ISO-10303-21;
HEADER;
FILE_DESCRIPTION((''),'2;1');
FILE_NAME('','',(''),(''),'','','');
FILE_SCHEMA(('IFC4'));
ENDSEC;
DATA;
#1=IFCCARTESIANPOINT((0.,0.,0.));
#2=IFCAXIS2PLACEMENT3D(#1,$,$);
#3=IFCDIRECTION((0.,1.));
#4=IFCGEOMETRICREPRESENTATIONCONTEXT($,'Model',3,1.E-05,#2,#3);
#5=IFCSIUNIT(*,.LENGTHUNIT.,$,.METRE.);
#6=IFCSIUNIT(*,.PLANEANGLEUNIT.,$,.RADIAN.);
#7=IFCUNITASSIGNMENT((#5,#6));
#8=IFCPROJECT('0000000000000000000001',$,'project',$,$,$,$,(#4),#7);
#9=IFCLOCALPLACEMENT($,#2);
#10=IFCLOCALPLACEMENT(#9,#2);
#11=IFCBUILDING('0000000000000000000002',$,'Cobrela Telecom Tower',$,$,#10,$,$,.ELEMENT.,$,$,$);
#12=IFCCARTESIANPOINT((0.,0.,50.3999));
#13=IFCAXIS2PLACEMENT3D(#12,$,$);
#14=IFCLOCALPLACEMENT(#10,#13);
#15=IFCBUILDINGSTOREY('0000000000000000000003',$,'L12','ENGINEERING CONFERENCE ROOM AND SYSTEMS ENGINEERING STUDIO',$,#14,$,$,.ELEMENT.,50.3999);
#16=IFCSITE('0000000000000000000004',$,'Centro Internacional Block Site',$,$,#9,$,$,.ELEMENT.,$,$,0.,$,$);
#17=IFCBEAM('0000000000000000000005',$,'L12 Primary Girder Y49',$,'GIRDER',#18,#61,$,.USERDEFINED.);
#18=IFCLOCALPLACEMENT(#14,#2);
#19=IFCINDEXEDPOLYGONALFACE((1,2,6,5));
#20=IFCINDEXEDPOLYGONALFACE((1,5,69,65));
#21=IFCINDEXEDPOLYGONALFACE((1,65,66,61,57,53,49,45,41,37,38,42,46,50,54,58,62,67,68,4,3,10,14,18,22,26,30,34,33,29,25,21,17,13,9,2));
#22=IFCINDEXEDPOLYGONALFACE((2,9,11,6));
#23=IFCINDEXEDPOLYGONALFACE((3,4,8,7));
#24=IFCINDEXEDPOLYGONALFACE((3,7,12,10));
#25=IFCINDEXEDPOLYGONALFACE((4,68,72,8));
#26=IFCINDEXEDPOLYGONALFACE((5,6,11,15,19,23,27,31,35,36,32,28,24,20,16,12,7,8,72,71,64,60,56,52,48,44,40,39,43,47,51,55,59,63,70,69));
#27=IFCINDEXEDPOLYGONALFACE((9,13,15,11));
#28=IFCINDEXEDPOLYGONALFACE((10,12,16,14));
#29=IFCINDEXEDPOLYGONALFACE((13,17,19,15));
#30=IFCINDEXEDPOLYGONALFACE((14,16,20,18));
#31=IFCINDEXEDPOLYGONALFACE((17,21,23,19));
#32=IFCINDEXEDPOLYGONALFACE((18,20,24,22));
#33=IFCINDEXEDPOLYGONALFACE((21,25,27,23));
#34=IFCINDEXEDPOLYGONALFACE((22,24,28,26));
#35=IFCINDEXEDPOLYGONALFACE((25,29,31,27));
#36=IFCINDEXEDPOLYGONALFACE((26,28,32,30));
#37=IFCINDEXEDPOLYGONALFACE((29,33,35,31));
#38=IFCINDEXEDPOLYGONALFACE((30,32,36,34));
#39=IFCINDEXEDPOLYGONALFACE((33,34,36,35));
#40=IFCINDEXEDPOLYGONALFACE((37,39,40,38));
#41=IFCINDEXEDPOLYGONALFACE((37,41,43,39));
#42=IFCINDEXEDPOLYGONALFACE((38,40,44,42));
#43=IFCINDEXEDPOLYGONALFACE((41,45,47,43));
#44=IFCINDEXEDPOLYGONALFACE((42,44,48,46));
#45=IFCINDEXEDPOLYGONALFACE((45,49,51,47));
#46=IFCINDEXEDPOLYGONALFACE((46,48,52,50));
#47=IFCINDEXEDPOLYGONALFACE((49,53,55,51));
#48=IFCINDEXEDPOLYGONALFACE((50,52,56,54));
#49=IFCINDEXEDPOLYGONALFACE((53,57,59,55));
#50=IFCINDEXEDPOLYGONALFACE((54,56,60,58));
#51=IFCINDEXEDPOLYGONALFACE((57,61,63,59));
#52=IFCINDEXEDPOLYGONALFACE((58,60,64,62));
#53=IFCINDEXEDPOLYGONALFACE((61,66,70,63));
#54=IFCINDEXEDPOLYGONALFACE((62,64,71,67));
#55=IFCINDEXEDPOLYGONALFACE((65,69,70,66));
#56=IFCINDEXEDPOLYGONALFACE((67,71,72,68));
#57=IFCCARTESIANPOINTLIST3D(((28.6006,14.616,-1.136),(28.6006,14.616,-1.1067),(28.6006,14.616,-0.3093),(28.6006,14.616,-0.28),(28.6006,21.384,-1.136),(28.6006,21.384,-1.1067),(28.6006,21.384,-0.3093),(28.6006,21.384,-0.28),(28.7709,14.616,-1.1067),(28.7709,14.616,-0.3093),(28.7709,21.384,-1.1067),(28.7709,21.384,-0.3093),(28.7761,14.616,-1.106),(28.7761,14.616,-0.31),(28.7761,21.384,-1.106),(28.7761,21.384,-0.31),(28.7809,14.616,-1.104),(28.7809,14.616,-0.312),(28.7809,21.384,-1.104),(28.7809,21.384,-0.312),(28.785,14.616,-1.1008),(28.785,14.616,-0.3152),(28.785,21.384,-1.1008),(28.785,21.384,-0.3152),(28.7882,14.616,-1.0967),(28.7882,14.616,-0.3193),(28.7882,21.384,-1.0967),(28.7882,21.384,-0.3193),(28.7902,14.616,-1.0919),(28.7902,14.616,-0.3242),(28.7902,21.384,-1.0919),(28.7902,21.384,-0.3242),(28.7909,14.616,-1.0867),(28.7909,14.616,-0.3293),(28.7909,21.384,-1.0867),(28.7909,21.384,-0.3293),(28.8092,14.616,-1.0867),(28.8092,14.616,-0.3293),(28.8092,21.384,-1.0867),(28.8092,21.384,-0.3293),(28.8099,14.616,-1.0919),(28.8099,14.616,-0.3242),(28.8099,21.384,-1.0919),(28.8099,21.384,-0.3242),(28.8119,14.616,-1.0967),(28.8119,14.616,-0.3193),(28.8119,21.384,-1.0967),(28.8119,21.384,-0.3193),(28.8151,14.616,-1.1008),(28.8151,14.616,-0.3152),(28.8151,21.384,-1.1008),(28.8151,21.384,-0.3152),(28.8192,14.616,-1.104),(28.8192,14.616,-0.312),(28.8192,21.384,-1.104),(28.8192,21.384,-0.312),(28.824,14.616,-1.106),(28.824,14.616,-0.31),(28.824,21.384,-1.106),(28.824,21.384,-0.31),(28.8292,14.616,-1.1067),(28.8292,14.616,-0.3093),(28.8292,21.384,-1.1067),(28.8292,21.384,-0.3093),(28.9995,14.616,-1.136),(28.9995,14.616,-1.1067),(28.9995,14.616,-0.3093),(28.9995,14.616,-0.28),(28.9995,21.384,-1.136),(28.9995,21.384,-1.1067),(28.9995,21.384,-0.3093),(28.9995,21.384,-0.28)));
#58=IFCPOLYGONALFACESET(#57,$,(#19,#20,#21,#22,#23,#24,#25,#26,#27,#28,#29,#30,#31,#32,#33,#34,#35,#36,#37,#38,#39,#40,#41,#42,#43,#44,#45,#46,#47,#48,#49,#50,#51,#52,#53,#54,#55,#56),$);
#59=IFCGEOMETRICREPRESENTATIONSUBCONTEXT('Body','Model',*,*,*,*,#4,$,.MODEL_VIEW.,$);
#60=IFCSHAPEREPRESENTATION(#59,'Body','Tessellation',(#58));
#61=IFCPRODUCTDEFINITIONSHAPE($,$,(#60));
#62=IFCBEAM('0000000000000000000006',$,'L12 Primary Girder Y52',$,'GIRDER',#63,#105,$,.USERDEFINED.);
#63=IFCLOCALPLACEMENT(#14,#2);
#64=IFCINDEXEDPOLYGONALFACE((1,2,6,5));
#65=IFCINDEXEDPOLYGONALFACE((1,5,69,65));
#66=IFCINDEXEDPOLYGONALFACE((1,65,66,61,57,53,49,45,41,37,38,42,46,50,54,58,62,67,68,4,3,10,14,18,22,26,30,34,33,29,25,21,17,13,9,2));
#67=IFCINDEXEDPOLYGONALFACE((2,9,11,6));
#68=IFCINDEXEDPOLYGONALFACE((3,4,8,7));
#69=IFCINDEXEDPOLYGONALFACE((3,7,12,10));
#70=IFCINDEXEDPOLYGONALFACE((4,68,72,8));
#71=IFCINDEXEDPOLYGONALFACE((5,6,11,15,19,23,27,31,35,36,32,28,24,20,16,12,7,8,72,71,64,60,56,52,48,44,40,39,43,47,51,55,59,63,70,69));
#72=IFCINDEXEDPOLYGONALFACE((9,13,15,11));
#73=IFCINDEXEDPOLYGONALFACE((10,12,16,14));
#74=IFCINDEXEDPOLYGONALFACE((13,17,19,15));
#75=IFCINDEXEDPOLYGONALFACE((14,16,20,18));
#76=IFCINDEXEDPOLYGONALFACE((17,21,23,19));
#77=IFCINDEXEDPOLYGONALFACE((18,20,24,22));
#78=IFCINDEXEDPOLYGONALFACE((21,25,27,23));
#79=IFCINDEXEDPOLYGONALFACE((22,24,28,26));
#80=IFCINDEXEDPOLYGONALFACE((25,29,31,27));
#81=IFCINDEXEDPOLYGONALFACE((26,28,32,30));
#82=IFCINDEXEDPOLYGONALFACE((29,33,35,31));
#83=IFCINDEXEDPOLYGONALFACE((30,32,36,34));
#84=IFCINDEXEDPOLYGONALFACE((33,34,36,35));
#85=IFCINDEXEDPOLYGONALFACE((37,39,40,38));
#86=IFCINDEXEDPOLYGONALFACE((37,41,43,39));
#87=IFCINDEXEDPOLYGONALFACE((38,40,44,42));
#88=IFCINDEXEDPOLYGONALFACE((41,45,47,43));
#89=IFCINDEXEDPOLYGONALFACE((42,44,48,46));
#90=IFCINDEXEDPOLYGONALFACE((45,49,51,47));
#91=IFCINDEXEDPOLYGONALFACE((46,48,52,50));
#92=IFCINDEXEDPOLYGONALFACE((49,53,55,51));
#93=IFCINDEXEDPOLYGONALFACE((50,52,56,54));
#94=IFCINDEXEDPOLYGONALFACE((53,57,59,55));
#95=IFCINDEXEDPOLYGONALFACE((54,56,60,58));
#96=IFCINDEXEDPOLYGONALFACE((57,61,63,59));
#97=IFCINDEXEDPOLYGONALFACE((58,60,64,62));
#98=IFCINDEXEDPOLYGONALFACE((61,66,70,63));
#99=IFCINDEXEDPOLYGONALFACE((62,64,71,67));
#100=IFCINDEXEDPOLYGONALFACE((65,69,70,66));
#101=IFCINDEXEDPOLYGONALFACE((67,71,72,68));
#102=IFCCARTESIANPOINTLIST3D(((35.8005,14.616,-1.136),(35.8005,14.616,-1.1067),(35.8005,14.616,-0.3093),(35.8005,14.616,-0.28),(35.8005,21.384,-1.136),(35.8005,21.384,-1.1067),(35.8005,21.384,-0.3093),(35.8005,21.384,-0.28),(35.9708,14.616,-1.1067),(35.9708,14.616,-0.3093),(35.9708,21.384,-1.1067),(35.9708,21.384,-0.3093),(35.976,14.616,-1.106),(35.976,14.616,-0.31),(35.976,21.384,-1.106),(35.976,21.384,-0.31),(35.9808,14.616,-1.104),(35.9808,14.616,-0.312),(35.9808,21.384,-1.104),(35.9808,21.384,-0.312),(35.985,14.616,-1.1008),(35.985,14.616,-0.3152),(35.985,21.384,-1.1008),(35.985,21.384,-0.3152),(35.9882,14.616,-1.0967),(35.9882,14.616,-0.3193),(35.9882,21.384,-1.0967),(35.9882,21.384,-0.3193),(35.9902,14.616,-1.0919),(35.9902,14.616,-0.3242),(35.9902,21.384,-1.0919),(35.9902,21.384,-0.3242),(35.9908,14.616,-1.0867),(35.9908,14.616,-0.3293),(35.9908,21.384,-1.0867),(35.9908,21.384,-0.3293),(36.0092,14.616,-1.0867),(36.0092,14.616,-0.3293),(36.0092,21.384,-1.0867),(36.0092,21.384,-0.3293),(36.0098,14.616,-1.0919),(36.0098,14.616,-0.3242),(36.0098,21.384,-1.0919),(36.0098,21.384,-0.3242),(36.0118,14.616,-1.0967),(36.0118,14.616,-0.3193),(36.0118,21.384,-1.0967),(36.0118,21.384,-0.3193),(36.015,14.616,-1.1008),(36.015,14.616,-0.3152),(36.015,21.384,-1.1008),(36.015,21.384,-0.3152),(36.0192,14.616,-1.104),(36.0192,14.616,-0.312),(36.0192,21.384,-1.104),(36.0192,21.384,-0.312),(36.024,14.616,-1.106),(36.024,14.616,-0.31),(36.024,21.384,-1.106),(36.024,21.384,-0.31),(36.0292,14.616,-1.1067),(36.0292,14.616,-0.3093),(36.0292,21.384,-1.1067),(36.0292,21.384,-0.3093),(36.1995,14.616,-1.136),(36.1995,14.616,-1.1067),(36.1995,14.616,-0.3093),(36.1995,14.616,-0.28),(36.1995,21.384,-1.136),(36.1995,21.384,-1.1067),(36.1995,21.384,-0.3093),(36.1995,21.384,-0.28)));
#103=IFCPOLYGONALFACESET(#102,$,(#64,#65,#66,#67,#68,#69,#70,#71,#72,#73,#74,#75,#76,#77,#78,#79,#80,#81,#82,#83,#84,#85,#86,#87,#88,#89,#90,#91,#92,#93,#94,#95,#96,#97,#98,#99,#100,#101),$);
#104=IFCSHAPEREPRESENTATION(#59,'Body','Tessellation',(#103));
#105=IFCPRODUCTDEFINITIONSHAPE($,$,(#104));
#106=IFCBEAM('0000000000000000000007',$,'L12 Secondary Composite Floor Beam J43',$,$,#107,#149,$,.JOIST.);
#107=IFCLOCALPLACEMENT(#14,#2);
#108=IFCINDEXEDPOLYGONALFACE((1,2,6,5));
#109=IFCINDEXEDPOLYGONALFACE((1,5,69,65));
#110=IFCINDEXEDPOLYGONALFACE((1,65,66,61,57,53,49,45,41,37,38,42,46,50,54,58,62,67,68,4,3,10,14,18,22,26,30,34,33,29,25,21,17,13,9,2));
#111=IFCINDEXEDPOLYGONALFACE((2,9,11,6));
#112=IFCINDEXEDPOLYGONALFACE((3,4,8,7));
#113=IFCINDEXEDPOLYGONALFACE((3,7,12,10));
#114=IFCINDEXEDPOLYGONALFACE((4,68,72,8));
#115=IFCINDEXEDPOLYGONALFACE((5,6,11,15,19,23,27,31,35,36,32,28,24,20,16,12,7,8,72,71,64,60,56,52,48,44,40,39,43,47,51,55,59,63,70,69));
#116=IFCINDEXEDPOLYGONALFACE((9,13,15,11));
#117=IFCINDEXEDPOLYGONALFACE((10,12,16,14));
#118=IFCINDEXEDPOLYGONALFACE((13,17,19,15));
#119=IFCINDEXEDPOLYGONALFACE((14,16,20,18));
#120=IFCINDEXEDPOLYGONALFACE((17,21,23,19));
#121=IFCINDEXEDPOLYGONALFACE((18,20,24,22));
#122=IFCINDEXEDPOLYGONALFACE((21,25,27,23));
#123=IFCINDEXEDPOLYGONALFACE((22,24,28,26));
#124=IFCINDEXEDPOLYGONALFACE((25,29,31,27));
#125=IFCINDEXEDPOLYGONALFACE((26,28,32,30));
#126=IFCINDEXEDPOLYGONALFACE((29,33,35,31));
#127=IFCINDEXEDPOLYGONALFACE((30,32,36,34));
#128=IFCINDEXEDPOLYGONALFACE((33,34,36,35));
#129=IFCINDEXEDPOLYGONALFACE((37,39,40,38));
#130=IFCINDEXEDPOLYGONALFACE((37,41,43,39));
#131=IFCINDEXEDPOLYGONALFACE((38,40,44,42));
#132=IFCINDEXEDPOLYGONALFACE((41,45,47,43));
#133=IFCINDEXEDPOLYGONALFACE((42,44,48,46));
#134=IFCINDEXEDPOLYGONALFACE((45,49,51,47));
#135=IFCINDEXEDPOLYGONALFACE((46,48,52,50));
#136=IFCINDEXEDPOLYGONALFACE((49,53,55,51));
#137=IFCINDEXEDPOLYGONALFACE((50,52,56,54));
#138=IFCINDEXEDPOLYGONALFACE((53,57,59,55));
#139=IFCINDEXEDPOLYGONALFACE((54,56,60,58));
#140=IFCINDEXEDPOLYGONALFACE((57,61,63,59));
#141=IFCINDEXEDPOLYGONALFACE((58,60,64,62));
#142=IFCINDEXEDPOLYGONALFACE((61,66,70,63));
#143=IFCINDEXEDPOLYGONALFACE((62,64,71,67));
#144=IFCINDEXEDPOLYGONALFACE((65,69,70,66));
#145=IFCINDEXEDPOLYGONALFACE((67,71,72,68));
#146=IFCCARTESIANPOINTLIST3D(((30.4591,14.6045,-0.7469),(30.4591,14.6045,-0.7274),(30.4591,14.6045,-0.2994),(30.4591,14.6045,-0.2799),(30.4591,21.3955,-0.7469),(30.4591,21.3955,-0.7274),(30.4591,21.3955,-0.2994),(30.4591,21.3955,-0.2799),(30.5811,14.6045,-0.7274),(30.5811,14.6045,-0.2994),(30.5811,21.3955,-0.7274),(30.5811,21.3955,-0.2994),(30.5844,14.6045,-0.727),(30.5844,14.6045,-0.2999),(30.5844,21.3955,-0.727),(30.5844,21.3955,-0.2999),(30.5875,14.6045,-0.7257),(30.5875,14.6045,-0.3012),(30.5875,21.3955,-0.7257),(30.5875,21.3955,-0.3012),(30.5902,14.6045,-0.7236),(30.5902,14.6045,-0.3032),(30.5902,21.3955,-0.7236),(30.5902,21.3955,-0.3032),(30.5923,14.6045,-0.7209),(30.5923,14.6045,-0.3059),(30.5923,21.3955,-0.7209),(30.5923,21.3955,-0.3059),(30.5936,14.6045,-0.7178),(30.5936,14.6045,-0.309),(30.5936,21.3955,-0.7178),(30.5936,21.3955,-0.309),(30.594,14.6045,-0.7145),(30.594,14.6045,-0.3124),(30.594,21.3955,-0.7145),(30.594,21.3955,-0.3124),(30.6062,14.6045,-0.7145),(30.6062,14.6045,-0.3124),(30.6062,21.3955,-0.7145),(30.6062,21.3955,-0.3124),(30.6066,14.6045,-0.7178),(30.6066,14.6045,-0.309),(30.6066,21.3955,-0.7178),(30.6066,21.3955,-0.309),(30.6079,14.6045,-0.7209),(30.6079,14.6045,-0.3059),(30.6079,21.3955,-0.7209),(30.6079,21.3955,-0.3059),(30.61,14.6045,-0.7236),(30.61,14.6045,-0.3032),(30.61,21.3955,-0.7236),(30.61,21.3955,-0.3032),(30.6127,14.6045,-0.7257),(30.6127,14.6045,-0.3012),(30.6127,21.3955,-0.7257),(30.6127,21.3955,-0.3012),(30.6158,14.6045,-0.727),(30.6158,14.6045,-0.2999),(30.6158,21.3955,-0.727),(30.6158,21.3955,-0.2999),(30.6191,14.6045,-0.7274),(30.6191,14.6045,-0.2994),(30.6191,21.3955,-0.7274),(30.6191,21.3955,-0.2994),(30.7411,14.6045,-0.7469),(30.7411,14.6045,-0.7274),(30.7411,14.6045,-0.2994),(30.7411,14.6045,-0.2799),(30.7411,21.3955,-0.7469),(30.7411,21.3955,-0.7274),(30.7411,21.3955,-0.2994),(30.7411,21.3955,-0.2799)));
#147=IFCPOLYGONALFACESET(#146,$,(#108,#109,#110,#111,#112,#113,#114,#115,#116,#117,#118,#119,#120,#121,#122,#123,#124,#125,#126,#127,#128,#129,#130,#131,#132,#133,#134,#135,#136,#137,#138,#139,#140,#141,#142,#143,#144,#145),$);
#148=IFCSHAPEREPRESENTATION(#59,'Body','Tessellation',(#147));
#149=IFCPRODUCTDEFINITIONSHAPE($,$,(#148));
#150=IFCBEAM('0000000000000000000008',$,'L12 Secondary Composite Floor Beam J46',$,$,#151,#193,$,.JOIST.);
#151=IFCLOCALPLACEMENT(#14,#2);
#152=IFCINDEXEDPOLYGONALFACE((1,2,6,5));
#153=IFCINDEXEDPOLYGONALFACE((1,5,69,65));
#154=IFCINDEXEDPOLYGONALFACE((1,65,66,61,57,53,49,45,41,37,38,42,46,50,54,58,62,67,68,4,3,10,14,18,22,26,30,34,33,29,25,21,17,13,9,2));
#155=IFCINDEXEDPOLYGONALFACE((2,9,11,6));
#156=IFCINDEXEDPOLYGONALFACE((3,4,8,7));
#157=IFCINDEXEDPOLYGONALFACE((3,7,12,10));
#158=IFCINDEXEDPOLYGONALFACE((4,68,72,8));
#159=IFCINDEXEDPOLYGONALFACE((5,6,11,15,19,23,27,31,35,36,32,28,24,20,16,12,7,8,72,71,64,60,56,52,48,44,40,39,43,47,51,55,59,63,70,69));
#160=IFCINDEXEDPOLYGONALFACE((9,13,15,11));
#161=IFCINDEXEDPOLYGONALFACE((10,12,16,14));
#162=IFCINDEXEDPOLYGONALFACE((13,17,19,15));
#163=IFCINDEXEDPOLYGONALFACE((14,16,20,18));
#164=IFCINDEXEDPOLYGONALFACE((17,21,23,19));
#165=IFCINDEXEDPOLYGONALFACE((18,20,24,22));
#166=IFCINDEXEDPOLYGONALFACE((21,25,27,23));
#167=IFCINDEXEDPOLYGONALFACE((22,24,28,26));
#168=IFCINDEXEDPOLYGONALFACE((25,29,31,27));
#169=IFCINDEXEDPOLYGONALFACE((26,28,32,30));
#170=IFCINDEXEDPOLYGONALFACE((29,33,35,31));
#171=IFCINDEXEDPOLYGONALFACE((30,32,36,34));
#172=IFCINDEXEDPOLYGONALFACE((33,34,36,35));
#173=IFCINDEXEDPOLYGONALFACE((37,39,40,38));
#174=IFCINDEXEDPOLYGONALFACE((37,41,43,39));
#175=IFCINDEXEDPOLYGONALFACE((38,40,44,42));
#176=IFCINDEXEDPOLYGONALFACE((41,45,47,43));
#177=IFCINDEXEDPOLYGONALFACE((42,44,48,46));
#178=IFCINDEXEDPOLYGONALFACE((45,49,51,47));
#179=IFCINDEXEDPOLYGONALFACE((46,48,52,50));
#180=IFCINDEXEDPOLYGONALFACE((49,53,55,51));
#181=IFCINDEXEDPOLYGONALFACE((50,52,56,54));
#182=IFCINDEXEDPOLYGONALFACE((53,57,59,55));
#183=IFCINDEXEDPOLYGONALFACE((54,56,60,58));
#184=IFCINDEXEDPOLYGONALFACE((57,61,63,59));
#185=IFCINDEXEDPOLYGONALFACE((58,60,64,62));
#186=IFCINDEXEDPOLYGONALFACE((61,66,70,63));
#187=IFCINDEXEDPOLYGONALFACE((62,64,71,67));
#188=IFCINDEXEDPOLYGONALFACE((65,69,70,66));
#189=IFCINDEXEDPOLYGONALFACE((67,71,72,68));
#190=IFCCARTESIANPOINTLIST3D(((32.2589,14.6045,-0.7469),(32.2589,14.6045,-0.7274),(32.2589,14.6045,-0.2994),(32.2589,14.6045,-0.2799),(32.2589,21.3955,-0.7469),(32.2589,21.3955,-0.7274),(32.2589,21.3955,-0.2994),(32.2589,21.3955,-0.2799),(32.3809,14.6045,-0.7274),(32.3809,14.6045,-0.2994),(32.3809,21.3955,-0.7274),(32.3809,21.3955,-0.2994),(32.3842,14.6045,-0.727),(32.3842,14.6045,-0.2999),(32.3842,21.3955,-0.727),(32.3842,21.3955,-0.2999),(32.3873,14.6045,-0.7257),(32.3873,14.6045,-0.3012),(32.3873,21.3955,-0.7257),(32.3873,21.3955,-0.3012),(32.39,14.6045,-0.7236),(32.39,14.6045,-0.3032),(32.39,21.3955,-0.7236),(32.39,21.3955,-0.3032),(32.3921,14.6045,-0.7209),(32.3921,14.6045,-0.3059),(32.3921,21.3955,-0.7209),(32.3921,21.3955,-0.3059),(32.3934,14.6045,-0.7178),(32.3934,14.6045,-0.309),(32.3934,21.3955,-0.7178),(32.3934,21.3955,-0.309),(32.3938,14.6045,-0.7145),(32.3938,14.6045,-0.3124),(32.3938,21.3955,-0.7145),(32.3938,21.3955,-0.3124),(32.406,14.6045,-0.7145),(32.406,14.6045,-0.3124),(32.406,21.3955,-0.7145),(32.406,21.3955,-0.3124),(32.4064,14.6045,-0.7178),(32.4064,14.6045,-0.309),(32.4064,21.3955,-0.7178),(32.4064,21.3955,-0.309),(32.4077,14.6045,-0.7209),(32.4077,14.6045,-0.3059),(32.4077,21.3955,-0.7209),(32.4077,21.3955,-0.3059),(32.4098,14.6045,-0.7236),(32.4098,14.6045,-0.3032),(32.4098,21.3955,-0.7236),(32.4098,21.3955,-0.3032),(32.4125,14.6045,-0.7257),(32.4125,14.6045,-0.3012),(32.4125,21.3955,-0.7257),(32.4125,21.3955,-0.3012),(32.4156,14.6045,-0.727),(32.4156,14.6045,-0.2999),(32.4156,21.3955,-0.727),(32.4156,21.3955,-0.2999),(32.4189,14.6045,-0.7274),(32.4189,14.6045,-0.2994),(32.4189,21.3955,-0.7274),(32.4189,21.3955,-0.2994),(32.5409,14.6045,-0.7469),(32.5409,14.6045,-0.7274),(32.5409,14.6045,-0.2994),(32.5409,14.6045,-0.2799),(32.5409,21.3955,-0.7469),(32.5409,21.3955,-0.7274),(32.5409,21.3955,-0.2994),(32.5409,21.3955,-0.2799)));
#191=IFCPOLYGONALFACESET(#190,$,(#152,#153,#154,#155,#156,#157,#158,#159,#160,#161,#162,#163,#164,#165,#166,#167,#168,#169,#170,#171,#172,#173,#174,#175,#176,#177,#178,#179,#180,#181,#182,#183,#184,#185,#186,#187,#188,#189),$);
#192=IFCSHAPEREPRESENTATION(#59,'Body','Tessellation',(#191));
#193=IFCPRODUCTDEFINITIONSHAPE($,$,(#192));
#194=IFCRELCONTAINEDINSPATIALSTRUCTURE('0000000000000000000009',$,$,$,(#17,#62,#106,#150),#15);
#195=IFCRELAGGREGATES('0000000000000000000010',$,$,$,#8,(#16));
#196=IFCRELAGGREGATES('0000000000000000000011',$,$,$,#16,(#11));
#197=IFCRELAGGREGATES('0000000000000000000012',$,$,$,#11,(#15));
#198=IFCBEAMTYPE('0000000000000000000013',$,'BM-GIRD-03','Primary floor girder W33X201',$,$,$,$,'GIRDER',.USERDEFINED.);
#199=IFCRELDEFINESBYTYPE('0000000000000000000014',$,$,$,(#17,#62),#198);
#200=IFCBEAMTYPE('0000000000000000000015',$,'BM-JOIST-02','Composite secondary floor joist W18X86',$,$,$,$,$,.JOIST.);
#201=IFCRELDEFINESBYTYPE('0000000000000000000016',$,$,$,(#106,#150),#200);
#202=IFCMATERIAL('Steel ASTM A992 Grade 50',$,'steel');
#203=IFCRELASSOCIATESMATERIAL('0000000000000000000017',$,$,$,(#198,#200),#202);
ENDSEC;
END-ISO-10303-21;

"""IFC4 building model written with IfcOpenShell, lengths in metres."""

from ifc_helpers import new_model, si_unit, direction, frame, origin, origin_2d, place, context, subcontext, project, spatial, i_section, extrude, material, material_profile, profile_set, type_object, element, save


model = new_model("IFC4")

# Units and contexts
model_context = context("Model", 3, precision=1e-05, world=origin(), true_north=direction((0.0, 1.0)))
body_context = subcontext(model_context, "Body", "Model", "MODEL_VIEW")
ifc_project = project(units=[si_unit("LENGTHUNIT", "METRE"), si_unit("PLANEANGLEUNIT", "RADIAN")], contexts=[model_context])

# Site, building, storey
site_placement = place(None, origin())
site = spatial("IfcSite", under=ifc_project, at=site_placement, Name="Centro Internacional Block Site", CompositionType="ELEMENT", RefElevation=0.0)
building_placement = place(site_placement, origin())
building = spatial("IfcBuilding", under=site, at=building_placement, Name="Cobrela Telecom Tower", CompositionType="ELEMENT")
storey_placement = place(building_placement, frame((0.0, 0.0, 50.3999)))
storey = spatial("IfcBuildingStorey", under=building, at=storey_placement, Name="L12", Description="ENGINEERING CONFERENCE ROOM AND SYSTEMS ENGINEERING STUDIO", CompositionType="ELEMENT", Elevation=50.3999)

# Shared definitions
ifc_material_1 = material(Name="Steel ASTM A992 Grade 50", Category="steel")

# Beams
ifc_material_profile_1 = material_profile(ifc_material_1, i_section(OverallWidth=0.3989, OverallDepth=0.856, WebThickness=0.0183, FlangeThickness=0.0293, FilletRadius=0.02, at=origin_2d()), Name="W33X201")
ifc_profile_set_1 = profile_set([ifc_material_profile_1], Name="Steel ASTM A992 Grade 50")
beam_type_1 = type_object("IfcBeamType", Name="BM-GIRD-03", Description="Primary floor girder W33X201", ElementType="GIRDER", PredefinedType="USERDEFINED", material=ifc_profile_set_1)
for number, where, z_axis, x_axis, name in (
    (1, (28.8, 14.616, -0.708), (0.0, 1.0, 0.0), (-1.0, 0.0, 0.0), "L12 Primary Girder Y49"),
    (2, (36.0, 14.616, -0.708), (0.0, 1.0, 0.0), (-1.0, 0.0, 0.0), "L12 Primary Girder Y52"),
):
    element("IfcBeam", number, at=place(storey_placement, frame(where, z_axis=z_axis, x_axis=x_axis)), inside=storey, type_object=beam_type_1, Name=name, ObjectType="GIRDER", PredefinedType="USERDEFINED", context=body_context, shape_type="SweptSolid", body=[
        extrude(i_section(OverallWidth=0.3989, OverallDepth=0.856, WebThickness=0.0183, FlangeThickness=0.0293, FilletRadius=0.02, at=origin_2d()), origin(), (0.0, 0.0, 1.0), 6.7681),
    ])
ifc_material_profile_2 = material_profile(ifc_material_1, i_section(OverallWidth=0.282, OverallDepth=0.467, WebThickness=0.0122, FlangeThickness=0.0195, FilletRadius=0.0129, at=origin_2d()), Name="W18X86")
ifc_profile_set_2 = profile_set([ifc_material_profile_2], Name="Steel ASTM A992 Grade 50")
beam_type_2 = type_object("IfcBeamType", Name="BM-JOIST-02", Description="Composite secondary floor joist W18X86", PredefinedType="JOIST", material=ifc_profile_set_2)
for number, where, z_axis, x_axis, name in (
    (3, (30.6001, 14.6045, -0.5134), (0.0, 1.0, 0.0), (-1.0, 0.0, 0.0), "L12 Secondary Composite Floor Beam J43"),
    (4, (32.3999, 14.6045, -0.5134), (0.0, 1.0, 0.0), (-1.0, 0.0, 0.0), "L12 Secondary Composite Floor Beam J46"),
):
    element("IfcBeam", number, at=place(storey_placement, frame(where, z_axis=z_axis, x_axis=x_axis)), inside=storey, type_object=beam_type_2, Name=name, PredefinedType="JOIST", context=body_context, shape_type="SweptSolid", body=[
        extrude(i_section(OverallWidth=0.282, OverallDepth=0.467, WebThickness=0.0122, FlangeThickness=0.0195, FilletRadius=0.0129, at=origin_2d()), origin(), (0.0, 0.0, 1.0), 6.791),
    ])

save(model, "model.ifc")
